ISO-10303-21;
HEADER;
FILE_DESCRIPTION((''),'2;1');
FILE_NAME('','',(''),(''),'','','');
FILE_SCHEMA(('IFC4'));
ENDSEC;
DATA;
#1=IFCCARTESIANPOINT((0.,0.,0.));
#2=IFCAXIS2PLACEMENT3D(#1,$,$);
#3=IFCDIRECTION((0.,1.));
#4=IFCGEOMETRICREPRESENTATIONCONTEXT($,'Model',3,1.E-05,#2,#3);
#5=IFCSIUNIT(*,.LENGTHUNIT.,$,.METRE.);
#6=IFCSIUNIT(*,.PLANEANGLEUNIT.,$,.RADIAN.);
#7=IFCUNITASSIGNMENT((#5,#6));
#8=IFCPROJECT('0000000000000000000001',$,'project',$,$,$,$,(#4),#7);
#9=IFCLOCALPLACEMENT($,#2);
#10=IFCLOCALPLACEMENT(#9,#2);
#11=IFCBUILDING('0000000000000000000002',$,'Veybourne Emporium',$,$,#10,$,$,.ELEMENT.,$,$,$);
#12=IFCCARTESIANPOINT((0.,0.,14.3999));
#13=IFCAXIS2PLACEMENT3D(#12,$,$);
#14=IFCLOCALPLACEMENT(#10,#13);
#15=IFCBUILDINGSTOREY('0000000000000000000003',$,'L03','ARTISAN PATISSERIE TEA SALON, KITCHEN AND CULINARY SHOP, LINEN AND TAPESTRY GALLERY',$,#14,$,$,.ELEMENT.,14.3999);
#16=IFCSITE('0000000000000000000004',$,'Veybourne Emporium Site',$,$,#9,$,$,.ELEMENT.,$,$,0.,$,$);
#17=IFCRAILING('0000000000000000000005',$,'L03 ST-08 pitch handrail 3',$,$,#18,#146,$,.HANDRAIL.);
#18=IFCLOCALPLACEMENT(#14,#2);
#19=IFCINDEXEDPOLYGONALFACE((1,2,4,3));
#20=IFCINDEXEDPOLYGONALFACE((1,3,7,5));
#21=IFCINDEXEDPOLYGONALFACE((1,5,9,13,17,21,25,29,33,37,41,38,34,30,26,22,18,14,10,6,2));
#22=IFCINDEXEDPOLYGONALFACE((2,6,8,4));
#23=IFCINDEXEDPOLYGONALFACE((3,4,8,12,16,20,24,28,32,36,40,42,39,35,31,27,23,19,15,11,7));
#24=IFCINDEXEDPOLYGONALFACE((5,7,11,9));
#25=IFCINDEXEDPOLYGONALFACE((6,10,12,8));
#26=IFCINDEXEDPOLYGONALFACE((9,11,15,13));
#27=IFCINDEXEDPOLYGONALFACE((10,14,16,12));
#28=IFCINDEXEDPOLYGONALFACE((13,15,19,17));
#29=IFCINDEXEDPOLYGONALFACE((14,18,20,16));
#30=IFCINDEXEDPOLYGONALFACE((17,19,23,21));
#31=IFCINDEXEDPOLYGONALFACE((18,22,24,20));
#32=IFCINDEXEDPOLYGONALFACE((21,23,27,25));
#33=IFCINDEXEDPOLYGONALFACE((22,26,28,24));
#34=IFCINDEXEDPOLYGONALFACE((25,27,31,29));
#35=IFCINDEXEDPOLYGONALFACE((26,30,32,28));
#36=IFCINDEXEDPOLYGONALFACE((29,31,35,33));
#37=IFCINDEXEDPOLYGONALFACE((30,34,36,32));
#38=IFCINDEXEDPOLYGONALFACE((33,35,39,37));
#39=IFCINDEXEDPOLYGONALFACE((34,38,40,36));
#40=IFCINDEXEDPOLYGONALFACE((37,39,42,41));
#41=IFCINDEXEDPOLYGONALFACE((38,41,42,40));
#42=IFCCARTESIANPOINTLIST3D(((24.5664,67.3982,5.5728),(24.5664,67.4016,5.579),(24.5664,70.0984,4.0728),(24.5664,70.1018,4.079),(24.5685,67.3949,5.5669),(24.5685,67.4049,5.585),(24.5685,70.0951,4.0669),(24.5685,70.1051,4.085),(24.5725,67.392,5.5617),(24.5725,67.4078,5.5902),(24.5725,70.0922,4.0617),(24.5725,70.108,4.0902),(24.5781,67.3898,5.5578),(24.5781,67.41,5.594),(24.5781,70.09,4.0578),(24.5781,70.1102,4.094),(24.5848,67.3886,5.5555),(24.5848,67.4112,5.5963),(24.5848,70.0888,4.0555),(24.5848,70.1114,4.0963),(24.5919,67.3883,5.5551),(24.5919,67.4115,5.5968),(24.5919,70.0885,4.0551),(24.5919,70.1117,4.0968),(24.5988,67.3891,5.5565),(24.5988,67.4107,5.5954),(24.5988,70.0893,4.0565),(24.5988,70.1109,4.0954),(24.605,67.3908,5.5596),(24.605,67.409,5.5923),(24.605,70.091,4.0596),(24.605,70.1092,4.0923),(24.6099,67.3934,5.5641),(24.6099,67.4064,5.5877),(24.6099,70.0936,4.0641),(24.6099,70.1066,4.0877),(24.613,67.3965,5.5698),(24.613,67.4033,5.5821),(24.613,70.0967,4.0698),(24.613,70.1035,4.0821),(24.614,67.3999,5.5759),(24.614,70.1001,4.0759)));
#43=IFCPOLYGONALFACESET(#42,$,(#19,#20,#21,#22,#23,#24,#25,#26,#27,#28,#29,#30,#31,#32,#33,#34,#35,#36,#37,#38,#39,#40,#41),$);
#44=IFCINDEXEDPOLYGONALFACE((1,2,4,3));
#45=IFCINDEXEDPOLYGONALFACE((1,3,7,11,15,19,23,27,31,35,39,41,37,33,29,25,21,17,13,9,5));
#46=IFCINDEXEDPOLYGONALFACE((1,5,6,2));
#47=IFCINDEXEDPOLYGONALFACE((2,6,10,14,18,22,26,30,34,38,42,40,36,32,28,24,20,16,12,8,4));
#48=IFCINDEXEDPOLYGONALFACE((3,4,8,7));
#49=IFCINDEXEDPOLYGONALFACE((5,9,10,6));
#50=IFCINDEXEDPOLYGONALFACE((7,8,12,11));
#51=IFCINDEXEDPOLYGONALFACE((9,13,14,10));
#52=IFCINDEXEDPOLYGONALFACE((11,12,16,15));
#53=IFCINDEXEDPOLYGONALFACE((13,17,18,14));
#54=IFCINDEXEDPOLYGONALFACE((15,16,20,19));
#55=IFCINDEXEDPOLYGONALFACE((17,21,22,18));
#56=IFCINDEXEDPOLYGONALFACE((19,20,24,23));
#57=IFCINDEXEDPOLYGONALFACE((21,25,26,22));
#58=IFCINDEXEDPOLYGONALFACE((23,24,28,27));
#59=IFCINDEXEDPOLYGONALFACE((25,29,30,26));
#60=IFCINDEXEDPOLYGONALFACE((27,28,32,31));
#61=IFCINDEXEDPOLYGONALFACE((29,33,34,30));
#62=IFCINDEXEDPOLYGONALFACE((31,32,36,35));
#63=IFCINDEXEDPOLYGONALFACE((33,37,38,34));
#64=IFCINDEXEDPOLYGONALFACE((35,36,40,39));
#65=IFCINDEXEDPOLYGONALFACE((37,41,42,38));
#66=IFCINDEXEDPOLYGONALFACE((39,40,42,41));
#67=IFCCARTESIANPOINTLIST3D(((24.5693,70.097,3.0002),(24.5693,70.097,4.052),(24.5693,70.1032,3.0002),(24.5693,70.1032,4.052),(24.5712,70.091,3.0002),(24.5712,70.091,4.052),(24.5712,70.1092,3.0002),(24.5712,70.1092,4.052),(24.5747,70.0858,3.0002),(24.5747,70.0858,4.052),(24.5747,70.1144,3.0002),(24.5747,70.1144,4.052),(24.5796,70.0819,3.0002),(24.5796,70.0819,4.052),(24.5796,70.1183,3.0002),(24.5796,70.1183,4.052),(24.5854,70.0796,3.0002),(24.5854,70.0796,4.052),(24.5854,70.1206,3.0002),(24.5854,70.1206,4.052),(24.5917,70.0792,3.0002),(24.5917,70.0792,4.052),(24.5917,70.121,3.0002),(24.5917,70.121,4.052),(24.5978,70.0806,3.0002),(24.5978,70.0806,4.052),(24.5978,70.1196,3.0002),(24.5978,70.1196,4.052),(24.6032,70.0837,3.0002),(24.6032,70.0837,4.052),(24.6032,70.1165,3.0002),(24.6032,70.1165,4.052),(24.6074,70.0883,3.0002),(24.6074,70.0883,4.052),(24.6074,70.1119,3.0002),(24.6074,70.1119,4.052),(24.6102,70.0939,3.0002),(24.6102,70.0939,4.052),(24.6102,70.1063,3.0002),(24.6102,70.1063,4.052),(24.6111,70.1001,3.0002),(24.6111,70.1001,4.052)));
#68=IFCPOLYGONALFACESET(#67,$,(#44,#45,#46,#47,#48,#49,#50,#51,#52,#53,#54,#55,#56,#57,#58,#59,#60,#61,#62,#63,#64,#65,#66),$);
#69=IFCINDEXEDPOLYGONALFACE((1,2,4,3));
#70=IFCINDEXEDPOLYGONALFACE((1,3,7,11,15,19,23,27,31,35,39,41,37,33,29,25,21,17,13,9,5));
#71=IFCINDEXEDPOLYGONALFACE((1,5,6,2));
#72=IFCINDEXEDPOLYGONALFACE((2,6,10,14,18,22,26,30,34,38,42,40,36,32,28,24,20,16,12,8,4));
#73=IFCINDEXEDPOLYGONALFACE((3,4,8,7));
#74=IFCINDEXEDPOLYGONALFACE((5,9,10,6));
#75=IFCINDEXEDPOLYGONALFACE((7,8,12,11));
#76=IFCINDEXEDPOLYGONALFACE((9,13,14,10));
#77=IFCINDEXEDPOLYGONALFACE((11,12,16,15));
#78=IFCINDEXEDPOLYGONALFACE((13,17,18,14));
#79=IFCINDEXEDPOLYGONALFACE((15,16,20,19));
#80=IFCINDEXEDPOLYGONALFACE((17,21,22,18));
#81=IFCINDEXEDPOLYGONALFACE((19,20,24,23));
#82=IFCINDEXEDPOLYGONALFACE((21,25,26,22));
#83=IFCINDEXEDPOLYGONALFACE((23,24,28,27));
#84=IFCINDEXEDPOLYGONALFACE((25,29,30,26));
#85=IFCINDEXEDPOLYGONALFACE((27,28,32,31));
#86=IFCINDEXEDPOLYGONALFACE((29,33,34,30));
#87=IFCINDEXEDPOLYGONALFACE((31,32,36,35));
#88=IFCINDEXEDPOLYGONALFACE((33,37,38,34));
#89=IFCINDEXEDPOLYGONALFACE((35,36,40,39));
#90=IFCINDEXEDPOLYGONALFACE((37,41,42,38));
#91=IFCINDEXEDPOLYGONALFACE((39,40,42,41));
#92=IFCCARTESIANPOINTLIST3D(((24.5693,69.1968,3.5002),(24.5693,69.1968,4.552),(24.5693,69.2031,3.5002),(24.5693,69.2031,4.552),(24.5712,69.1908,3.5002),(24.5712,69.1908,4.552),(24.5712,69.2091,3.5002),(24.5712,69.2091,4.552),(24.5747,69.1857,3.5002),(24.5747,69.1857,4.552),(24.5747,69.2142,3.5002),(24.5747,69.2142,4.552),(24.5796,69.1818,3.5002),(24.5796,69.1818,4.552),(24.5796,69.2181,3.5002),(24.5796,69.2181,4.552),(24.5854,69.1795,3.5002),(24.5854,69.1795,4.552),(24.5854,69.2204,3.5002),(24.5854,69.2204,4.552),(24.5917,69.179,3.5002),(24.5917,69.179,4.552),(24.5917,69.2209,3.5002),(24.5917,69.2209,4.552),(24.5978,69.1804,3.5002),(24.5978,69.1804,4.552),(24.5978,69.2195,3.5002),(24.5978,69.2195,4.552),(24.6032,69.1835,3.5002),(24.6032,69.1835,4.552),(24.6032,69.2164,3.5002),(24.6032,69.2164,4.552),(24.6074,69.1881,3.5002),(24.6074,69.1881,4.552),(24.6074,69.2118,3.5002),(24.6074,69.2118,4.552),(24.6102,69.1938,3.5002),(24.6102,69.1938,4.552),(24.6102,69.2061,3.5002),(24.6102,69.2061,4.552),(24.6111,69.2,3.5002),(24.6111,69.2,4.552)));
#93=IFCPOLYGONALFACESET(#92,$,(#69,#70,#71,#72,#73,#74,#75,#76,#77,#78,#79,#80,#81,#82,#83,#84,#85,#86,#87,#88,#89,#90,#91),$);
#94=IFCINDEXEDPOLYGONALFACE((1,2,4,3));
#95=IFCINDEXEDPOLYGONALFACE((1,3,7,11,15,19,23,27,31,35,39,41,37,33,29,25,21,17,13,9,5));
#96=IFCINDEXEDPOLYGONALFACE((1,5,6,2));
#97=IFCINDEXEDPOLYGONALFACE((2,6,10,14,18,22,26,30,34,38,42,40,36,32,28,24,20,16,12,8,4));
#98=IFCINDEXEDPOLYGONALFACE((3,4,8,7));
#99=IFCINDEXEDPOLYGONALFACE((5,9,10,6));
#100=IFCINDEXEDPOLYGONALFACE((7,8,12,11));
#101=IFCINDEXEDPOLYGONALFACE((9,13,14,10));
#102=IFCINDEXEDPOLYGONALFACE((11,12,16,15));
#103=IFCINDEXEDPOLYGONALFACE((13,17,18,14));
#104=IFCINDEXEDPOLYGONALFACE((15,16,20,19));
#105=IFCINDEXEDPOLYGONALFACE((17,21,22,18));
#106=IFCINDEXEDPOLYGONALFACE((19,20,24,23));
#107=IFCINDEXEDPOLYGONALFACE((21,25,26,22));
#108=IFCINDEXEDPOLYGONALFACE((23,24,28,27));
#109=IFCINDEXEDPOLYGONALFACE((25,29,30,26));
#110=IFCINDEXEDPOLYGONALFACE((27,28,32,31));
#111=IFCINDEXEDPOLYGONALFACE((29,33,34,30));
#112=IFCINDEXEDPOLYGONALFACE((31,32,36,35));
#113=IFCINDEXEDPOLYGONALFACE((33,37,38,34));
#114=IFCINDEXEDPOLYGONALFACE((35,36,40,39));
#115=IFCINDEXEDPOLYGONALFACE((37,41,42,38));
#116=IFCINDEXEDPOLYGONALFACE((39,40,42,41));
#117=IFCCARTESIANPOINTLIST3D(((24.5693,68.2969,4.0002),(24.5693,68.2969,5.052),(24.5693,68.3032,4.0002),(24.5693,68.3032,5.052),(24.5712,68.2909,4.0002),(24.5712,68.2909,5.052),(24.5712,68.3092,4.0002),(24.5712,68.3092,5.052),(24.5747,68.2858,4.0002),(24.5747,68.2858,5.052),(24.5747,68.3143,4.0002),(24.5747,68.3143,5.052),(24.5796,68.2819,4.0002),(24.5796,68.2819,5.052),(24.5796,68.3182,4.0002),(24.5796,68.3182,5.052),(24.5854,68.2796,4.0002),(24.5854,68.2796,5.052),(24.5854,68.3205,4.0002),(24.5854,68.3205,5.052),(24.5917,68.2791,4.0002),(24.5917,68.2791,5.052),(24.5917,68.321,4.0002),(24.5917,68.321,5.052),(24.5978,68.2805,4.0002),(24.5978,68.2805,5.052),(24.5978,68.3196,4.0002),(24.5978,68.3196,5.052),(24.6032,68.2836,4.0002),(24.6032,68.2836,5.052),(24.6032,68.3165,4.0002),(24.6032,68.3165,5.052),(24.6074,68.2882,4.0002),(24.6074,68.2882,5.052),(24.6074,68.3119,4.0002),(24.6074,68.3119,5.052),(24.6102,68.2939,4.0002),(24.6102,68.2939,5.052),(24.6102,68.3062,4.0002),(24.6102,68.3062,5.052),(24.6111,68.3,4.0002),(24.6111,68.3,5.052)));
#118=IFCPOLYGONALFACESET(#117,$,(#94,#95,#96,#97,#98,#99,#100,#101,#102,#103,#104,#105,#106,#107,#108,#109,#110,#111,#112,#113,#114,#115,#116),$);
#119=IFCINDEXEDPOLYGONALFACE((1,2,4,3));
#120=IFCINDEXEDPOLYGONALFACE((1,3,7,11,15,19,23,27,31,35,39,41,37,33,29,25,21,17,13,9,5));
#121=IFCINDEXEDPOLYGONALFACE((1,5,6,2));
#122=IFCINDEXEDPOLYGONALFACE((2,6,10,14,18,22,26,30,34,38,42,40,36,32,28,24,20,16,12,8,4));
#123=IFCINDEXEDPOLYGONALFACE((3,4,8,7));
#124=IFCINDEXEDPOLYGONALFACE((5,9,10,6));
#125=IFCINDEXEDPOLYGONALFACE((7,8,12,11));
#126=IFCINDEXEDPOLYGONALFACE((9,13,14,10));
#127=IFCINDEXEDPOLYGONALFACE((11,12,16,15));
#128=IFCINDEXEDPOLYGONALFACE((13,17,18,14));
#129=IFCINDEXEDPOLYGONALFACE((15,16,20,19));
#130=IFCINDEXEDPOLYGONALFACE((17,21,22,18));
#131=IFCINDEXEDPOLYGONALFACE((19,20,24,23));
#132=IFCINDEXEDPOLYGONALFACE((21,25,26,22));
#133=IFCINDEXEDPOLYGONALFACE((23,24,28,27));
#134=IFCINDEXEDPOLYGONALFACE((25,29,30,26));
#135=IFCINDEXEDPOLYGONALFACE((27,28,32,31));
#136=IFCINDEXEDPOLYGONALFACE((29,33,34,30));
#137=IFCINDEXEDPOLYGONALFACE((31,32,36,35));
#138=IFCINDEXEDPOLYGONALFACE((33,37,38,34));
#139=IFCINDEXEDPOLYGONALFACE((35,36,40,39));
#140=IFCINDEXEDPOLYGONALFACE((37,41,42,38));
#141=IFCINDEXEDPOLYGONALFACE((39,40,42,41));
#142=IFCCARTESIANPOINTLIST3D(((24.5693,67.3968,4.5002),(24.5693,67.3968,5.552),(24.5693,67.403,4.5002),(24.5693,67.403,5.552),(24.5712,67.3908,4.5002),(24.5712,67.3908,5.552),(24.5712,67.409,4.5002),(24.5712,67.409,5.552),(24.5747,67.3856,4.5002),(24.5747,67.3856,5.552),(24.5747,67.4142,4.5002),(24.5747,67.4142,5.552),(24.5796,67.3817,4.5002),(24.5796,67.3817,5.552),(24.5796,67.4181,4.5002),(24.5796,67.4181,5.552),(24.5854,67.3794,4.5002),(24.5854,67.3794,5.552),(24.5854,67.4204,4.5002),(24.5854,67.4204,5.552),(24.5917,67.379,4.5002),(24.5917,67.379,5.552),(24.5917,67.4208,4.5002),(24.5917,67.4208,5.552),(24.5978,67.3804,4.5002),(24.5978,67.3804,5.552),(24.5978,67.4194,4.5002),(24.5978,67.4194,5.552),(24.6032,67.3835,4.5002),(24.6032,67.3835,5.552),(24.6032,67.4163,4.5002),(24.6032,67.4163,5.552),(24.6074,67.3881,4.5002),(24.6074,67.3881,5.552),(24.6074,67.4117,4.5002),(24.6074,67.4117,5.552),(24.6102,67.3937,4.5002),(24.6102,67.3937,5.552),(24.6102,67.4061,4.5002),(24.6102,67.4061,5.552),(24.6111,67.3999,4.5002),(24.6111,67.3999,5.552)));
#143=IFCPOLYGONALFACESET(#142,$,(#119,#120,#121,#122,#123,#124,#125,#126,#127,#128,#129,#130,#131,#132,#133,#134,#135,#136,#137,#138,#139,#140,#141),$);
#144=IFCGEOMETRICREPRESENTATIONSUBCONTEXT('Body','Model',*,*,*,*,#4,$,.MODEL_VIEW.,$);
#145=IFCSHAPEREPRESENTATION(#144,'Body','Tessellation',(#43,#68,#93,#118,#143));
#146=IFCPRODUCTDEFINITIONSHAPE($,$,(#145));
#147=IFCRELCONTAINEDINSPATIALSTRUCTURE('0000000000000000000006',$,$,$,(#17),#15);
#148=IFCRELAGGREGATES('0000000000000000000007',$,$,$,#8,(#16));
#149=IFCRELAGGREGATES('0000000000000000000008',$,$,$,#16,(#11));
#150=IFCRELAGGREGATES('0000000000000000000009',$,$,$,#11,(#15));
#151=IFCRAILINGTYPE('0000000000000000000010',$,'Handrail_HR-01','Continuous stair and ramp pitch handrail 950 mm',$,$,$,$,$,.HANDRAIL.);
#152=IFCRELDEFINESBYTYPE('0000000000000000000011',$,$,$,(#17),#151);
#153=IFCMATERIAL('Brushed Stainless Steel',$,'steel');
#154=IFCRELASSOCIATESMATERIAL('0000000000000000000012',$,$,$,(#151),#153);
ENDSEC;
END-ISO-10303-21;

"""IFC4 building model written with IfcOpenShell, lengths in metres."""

from ifc_helpers import new_model, si_unit, direction, frame, origin, origin_2d, place, context, subcontext, project, spatial, circle, extrude, material, type_object, element, save


model = new_model("IFC4")

# Units and contexts
model_context = context("Model", 3, precision=1e-05, world=origin(), true_north=direction((0.0, 1.0)))
body_context = subcontext(model_context, "Body", "Model", "MODEL_VIEW")
ifc_project = project(units=[si_unit("LENGTHUNIT", "METRE"), si_unit("PLANEANGLEUNIT", "RADIAN")], contexts=[model_context])

# Site, building, storey
site_placement = place(None, origin())
site = spatial("IfcSite", under=ifc_project, at=site_placement, Name="Veybourne Emporium Site", CompositionType="ELEMENT", RefElevation=0.0)
building_placement = place(site_placement, origin())
building = spatial("IfcBuilding", under=site, at=building_placement, Name="Veybourne Emporium", CompositionType="ELEMENT")
storey_placement = place(building_placement, frame((0.0, 0.0, 14.3999)))
storey = spatial("IfcBuildingStorey", under=building, at=storey_placement, Name="L03", Description="ARTISAN PATISSERIE TEA SALON, KITCHEN AND CULINARY SHOP, LINEN AND TAPESTRY GALLERY", CompositionType="ELEMENT", Elevation=14.3999)

# Railing
ifc_material_1 = material(Name="Brushed Stainless Steel", Category="steel")
railing_type_1 = type_object("IfcRailingType", Name="Handrail_HR-01", Description="Continuous stair and ramp pitch handrail 950 mm", PredefinedType="HANDRAIL", material=ifc_material_1)
railing_1_placement = place(storey_placement, frame((24.5901, 70.1001, 3.1501)))
element("IfcRailing", 1, at=railing_1_placement, inside=storey, type_object=railing_type_1, Name="L03 ST-08 pitch handrail 3", PredefinedType="HANDRAIL", context=body_context, shape_type="SweptSolid", body=[
    extrude(circle(Radius=0.0239, at=origin_2d()), frame((0.0, 0.0, 0.9258), z_axis=(0.0, -0.874172, 0.485616), x_axis=(1.0, 0.0, 0.0)), (0.0, 0.0, 1.0), 3.0889),
    extrude(circle(Radius=0.021, at=origin_2d()), frame((0.0, 0.0, -0.1499)), (0.0, 0.0, 1.0), 1.0518),
    extrude(circle(Radius=0.021, at=origin_2d()), frame((0.0, -0.9001, 0.3501)), (0.0, 0.0, 1.0), 1.0518),
    extrude(circle(Radius=0.021, at=origin_2d()), frame((0.0, -1.8, 0.8501)), (0.0, 0.0, 1.0), 1.0518),
    extrude(circle(Radius=0.021, at=origin_2d()), frame((0.0, -2.7002, 1.3501)), (0.0, 0.0, 1.0), 1.0518),
])

save(model, "model.ifc")
